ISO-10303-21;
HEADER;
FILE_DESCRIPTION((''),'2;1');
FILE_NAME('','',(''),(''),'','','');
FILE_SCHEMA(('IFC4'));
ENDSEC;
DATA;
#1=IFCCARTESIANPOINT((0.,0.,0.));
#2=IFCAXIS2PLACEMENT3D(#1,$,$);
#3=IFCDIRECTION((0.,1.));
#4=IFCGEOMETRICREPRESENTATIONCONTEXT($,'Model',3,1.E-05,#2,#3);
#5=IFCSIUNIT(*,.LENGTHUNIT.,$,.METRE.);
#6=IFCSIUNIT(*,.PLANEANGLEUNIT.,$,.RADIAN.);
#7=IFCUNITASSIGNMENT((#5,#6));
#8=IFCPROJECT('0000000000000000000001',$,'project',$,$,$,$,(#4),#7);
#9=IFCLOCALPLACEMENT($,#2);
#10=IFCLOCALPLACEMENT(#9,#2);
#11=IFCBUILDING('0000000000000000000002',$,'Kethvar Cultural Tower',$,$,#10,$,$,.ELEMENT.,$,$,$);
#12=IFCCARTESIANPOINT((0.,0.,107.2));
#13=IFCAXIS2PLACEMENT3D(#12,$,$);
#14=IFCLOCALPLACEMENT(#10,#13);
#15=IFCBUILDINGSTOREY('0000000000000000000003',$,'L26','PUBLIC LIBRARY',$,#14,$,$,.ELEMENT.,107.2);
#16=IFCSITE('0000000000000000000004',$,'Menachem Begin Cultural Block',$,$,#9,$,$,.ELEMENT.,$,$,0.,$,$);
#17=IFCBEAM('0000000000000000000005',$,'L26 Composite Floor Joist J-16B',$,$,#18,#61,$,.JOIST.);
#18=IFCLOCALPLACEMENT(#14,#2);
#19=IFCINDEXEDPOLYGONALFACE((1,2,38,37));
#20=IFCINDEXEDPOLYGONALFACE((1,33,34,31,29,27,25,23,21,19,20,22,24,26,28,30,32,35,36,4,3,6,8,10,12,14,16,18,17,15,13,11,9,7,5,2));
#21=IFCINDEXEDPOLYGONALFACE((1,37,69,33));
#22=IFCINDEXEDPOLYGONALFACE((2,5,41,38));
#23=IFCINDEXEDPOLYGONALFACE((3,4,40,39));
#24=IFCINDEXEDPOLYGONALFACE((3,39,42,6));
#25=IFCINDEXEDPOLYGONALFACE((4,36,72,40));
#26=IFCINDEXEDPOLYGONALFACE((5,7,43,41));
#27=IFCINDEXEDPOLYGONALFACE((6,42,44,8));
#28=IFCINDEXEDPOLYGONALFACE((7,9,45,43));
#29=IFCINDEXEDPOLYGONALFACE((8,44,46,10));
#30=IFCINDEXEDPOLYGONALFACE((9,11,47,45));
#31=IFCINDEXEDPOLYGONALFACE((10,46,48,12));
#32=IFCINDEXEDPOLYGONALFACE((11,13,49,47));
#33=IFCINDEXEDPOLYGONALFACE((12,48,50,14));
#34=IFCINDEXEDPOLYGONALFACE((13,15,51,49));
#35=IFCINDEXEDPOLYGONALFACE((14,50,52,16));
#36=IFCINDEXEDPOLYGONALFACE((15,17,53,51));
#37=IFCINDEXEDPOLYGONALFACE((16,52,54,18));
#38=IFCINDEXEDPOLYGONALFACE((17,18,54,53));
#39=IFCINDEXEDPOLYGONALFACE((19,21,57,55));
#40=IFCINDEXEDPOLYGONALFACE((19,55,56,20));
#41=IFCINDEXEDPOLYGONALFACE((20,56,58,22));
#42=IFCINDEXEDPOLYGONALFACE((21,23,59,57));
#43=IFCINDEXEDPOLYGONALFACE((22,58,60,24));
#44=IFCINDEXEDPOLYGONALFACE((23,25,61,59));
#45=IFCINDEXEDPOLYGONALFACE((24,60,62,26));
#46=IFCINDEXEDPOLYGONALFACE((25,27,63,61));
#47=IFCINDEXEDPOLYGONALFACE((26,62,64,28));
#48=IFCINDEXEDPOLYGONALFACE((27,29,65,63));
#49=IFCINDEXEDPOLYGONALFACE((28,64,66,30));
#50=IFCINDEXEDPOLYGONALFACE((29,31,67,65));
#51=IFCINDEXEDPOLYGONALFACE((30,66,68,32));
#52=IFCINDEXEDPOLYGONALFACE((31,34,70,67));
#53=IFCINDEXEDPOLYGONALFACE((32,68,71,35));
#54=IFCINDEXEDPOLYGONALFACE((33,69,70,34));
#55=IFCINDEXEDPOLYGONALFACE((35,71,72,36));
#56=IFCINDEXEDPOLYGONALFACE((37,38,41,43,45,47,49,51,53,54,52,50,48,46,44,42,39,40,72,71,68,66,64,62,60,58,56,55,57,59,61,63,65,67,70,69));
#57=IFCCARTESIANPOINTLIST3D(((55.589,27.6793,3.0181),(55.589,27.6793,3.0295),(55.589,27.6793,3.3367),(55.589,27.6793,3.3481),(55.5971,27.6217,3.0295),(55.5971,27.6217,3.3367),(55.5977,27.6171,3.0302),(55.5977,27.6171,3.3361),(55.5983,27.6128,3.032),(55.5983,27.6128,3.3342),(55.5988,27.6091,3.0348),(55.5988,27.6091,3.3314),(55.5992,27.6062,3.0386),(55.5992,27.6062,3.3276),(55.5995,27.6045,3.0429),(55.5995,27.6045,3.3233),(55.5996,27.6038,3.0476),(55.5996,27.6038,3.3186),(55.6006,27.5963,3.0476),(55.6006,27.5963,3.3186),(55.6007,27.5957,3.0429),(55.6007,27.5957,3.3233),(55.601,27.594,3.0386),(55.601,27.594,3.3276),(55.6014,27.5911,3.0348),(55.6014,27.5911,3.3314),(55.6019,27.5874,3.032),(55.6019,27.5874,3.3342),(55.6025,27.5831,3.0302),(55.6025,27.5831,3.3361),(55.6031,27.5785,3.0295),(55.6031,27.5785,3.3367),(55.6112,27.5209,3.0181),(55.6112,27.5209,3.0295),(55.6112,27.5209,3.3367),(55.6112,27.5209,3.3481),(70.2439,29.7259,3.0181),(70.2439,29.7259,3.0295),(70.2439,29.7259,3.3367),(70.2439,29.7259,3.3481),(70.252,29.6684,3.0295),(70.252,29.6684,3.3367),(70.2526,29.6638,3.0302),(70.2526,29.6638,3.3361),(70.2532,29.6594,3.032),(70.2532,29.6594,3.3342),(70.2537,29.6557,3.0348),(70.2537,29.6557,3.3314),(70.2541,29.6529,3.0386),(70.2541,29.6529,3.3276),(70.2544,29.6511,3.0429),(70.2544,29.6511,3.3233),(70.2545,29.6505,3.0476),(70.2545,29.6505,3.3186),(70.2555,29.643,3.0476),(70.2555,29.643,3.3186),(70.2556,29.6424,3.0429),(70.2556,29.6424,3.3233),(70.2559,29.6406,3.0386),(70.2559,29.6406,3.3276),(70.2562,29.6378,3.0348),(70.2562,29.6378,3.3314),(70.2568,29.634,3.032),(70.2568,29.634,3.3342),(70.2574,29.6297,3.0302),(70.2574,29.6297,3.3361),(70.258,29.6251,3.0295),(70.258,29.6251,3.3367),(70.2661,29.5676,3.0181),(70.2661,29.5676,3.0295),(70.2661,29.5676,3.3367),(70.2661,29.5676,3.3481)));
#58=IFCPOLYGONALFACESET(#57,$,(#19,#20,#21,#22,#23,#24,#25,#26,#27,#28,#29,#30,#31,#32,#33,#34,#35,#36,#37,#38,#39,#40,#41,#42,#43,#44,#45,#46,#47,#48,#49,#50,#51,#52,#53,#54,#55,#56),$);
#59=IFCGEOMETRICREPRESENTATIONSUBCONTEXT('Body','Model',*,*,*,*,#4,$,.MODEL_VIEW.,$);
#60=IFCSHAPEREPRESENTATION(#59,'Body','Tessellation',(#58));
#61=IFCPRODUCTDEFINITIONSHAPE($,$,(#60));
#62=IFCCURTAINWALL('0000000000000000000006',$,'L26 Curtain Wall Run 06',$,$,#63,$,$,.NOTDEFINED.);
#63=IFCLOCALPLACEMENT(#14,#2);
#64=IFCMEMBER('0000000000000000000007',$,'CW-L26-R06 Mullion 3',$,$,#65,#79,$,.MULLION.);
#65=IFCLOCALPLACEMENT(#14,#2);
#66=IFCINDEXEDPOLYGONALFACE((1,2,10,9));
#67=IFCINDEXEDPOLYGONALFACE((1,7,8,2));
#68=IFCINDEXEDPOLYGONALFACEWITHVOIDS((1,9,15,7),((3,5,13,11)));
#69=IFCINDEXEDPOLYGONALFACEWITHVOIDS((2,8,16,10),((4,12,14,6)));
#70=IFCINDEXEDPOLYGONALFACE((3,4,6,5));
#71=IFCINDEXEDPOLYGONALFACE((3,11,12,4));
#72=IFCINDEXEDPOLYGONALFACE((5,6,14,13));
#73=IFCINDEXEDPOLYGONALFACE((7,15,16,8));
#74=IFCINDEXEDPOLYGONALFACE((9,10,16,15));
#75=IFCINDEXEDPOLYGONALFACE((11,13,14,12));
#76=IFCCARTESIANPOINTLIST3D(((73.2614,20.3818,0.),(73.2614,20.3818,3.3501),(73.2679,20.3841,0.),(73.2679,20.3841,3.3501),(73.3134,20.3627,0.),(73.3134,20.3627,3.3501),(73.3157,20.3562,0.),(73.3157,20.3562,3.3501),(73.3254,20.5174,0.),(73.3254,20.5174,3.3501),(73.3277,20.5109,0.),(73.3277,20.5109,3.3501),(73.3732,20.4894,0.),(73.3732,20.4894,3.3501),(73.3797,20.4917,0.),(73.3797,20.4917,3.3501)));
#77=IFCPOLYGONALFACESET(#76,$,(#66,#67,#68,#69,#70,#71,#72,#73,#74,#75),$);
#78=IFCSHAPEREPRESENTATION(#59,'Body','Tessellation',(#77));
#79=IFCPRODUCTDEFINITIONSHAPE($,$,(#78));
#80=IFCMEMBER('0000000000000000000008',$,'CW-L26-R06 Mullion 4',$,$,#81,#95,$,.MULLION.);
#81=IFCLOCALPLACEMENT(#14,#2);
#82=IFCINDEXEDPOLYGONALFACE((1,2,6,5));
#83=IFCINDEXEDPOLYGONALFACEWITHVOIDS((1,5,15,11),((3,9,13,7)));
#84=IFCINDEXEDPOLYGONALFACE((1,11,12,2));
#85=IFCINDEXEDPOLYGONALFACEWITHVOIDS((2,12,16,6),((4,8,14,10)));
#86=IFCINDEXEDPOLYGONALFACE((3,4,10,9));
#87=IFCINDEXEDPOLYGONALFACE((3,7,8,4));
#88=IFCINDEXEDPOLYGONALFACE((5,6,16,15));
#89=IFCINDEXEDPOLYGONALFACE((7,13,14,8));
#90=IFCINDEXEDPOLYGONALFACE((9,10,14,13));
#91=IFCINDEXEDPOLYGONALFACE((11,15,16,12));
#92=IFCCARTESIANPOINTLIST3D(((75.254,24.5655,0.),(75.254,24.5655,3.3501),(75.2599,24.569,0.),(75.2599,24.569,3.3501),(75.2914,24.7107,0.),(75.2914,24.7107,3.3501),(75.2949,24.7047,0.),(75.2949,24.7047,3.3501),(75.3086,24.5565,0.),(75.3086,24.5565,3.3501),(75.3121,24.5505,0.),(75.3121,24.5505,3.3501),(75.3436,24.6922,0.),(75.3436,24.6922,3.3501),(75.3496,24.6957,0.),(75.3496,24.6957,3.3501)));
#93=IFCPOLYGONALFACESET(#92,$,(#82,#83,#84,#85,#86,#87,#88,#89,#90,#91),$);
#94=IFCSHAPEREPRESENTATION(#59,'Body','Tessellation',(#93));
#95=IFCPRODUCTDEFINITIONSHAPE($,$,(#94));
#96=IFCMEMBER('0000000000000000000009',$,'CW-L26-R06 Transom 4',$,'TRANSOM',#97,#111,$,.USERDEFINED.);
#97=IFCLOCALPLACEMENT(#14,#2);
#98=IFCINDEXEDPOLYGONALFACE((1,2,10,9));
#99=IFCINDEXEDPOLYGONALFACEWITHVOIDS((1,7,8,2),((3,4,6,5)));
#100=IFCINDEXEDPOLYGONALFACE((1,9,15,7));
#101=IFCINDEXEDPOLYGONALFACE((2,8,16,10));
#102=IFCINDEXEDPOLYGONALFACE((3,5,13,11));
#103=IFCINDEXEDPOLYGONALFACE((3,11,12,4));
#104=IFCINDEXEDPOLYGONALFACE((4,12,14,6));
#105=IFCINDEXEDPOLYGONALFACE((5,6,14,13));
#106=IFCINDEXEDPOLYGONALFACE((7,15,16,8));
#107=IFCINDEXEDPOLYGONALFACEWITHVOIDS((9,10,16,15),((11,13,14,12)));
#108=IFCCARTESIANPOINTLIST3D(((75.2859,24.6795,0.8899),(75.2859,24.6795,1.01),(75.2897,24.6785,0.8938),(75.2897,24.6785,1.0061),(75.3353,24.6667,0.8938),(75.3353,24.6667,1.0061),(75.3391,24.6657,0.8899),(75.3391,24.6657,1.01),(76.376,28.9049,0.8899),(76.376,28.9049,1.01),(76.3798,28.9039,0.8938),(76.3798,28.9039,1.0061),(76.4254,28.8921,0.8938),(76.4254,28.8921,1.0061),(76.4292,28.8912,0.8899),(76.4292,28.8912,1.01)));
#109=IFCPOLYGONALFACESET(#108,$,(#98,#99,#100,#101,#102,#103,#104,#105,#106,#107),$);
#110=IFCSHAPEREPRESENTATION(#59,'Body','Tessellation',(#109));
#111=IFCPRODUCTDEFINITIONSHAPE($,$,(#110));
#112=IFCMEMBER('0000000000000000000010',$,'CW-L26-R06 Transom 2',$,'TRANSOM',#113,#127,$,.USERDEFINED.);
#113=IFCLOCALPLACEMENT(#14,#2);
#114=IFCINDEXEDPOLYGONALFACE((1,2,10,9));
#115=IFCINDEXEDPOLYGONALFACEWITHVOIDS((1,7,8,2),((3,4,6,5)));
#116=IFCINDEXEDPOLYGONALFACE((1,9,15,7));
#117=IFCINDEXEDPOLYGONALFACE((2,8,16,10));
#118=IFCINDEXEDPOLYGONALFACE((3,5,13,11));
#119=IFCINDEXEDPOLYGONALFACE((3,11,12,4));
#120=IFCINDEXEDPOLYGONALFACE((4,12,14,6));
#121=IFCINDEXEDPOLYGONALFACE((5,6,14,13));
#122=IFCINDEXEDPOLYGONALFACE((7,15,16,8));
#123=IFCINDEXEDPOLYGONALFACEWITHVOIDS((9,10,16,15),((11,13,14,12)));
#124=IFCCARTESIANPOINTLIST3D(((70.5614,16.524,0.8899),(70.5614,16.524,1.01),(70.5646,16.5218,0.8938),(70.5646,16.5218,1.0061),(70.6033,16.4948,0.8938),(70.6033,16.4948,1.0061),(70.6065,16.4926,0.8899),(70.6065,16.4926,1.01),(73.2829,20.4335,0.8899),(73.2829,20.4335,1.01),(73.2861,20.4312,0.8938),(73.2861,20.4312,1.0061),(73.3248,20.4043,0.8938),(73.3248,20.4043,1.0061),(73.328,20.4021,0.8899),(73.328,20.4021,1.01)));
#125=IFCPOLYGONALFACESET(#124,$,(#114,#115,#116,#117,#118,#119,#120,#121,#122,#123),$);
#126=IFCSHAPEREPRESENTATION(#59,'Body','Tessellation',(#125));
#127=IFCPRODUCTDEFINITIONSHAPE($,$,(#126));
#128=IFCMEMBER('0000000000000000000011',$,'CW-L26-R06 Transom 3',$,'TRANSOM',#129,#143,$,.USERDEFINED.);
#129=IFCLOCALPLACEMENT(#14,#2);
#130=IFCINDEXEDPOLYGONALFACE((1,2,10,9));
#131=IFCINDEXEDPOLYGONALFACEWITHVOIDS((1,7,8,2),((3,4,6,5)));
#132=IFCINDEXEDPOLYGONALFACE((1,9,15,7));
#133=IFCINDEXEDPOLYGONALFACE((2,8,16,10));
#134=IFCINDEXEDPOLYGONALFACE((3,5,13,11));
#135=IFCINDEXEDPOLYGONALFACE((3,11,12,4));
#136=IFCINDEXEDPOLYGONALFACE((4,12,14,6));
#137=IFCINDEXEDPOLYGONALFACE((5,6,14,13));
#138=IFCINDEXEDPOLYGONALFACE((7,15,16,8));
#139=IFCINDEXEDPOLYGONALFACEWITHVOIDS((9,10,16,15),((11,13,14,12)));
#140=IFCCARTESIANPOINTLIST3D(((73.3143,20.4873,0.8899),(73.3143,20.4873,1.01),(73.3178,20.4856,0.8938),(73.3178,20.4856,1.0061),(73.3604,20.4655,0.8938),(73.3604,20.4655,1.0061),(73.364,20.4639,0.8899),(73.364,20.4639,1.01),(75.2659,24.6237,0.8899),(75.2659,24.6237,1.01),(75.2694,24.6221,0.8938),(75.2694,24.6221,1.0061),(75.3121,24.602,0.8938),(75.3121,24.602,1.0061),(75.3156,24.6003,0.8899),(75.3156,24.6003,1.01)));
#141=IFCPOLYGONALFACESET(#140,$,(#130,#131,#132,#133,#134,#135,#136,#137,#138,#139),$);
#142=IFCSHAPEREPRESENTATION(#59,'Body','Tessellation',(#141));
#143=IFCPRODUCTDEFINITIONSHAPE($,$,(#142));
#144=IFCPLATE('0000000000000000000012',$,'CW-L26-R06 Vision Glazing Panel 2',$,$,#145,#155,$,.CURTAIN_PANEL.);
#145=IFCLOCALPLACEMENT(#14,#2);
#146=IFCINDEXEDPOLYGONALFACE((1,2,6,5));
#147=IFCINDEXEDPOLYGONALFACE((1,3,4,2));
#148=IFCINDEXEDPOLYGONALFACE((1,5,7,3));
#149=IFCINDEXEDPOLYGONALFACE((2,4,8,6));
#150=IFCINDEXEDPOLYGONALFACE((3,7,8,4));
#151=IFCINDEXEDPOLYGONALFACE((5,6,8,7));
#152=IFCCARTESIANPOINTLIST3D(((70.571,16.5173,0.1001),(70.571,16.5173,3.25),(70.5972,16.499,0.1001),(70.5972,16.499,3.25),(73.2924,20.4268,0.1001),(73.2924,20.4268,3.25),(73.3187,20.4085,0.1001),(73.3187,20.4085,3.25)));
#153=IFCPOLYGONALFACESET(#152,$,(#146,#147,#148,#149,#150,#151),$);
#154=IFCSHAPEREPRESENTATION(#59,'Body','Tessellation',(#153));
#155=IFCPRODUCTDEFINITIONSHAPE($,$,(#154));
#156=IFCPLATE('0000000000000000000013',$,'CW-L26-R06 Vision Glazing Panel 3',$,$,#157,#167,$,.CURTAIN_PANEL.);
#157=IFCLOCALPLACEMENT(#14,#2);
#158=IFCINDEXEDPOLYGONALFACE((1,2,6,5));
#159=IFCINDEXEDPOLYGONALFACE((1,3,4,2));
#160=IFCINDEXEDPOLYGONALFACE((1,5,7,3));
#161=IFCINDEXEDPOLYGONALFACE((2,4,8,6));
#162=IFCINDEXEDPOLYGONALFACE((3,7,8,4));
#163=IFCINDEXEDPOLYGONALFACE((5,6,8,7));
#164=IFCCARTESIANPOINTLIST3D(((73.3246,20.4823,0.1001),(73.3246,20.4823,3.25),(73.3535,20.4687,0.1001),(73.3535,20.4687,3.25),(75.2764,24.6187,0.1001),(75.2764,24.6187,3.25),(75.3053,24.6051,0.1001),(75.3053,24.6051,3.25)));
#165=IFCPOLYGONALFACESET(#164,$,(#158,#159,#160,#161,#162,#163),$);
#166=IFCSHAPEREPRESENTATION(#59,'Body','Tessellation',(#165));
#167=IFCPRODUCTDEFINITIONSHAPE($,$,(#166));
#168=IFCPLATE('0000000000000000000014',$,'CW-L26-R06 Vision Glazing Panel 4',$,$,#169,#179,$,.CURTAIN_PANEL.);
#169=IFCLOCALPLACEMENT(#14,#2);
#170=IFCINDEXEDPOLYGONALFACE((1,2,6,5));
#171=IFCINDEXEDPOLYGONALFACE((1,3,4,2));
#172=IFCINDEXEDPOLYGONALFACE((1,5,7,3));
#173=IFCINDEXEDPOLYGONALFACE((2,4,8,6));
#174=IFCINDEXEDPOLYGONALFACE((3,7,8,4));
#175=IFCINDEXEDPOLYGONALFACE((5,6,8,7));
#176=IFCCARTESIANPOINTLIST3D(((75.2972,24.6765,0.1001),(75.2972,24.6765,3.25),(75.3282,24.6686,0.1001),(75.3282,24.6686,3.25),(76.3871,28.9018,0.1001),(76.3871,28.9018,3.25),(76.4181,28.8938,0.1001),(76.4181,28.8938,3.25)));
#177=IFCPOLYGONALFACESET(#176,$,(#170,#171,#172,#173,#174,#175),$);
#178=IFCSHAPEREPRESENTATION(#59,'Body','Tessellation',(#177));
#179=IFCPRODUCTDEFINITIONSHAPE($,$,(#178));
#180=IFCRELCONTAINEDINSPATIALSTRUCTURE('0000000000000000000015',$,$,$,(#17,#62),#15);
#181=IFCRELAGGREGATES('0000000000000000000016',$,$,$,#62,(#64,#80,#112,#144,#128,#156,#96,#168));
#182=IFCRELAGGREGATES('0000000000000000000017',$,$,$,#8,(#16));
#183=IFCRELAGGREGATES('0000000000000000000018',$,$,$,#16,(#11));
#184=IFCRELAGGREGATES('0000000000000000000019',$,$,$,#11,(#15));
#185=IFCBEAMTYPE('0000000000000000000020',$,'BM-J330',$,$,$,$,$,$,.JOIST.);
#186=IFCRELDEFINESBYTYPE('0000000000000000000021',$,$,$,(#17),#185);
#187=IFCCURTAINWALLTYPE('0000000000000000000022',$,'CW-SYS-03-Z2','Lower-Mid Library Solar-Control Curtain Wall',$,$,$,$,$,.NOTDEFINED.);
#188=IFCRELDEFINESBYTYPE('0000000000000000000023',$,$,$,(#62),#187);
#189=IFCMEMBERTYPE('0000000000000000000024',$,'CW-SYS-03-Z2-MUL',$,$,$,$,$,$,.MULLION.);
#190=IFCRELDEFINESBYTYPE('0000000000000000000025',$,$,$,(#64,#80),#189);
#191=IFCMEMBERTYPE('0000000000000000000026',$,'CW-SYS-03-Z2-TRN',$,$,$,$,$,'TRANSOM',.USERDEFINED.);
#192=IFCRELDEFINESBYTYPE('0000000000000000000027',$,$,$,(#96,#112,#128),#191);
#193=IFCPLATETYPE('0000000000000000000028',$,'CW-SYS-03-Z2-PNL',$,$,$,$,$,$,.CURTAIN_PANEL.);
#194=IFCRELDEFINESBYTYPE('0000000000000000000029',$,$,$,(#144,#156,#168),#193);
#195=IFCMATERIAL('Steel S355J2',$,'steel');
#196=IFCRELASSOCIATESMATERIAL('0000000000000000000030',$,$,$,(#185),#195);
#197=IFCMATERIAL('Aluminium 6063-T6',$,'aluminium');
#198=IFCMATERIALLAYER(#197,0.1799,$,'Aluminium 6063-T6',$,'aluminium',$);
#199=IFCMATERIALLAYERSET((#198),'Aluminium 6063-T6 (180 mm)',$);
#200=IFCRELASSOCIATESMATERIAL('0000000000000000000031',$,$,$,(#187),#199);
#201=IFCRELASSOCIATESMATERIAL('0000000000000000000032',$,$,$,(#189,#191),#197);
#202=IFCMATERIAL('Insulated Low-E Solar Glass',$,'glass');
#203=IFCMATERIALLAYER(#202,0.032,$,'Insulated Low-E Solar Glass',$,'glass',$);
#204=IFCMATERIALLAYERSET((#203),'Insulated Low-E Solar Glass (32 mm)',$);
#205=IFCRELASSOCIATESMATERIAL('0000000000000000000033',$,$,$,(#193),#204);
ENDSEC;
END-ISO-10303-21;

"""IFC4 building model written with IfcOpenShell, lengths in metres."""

from ifc_helpers import new_model, si_unit, direction, frame, origin, origin_2d, place, context, subcontext, project, spatial, rectangle, hollow_rectangle, i_section, extrude, source, transform, mapped, material, layer, layer_set, material_profile, profile_set, type_object, element, aggregate, save


model = new_model("IFC4")

# Units and contexts
model_context = context("Model", 3, precision=1e-05, world=origin(), true_north=direction((0.0, 1.0)))
body_context = subcontext(model_context, "Body", "Model", "MODEL_VIEW")
ifc_project = project(units=[si_unit("LENGTHUNIT", "METRE"), si_unit("PLANEANGLEUNIT", "RADIAN")], contexts=[model_context])

# Site, building, storey
site_placement = place(None, origin())
site = spatial("IfcSite", under=ifc_project, at=site_placement, Name="Menachem Begin Cultural Block", CompositionType="ELEMENT", RefElevation=0.0)
building_placement = place(site_placement, origin())
building = spatial("IfcBuilding", under=site, at=building_placement, Name="Kethvar Cultural Tower", CompositionType="ELEMENT")
storey_placement = place(building_placement, frame((0.0, 0.0, 107.2)))
storey = spatial("IfcBuildingStorey", under=building, at=storey_placement, Name="L26", Description="PUBLIC LIBRARY", CompositionType="ELEMENT", Elevation=107.2)

# Beam
ifc_material_1 = material(Name="Steel S355J2", Category="steel")
ifc_material_profile_1 = material_profile(ifc_material_1, i_section(OverallWidth=0.1599, OverallDepth=0.3301, WebThickness=0.0076, FlangeThickness=0.0115, FilletRadius=0.0181, at=origin_2d()), Name="Steel S355J2 — IPE330")
ifc_profile_set_1 = profile_set([ifc_material_profile_1], Name="Steel S355J2 — IPE330")
beam_type_1 = type_object("IfcBeamType", Name="BM-J330", PredefinedType="JOIST", material=ifc_profile_set_1)
shared_shape_1 = source(origin(), body_context, "Body", "SweptSolid", [
    extrude(i_section(OverallWidth=0.1599, OverallDepth=0.3301, WebThickness=0.0076, FlangeThickness=0.0115, FilletRadius=0.0181, at=origin_2d()), origin(), (0.0, 0.0, 1.0), 14.7971),
])
beam_1_placement = place(storey_placement, frame((55.6001, 27.6001, 3.1831), z_axis=(0.990388, 0.138314, 0.0), x_axis=(-0.138314, 0.990388, 0.0)))
element("IfcBeam", 1, at=beam_1_placement, inside=storey, type_object=beam_type_1, Name="L26 Composite Floor Joist J-16B", PredefinedType="JOIST", context=body_context, shape_type="MappedRepresentation", body=[
    mapped(shared_shape_1, transform((0.0, 0.0, 0.0), scale=1.0)),
])

# Curtain wall, members, plates
ifc_material_2 = material(Name="Aluminium 6063-T6", Category="aluminium")
ifc_layer_1 = layer(ifc_material_2, 0.1799, Name="Aluminium 6063-T6", Category="aluminium")
ifc_layer_set_1 = layer_set([ifc_layer_1], Name="Aluminium 6063-T6 (180 mm)")
curtain_wall_type = type_object("IfcCurtainWallType", Name="CW-SYS-03-Z2", Description="Lower-Mid Library Solar-Control Curtain Wall", PredefinedType="NOTDEFINED", material=ifc_layer_set_1)
curtain_wall_placement = place(storey_placement, origin())
curtain_wall = element("IfcCurtainWall", 2, at=curtain_wall_placement, inside=storey, type_object=curtain_wall_type, Name="L26 Curtain Wall Run 06", PredefinedType="NOTDEFINED")
ifc_material_profile_2 = material_profile(ifc_material_2, hollow_rectangle(XDim=0.0601, YDim=0.1499, WallThickness=0.0049, at=origin_2d()), Name="Aluminium 6063-T6 — RHS150x60x5")
ifc_profile_set_2 = profile_set([ifc_material_profile_2], Name="Aluminium 6063-T6 — RHS150x60x5")
member_type_1 = type_object("IfcMemberType", Name="CW-SYS-03-Z2-MUL", PredefinedType="MULLION", material=ifc_profile_set_2)
shared_shape_2 = source(origin(), body_context, "Body", "SweptSolid", [
    extrude(hollow_rectangle(XDim=0.0601, YDim=0.1499, WallThickness=0.0049, at=origin_2d()), origin(), (0.0, 0.0, 1.0), 3.3501),
])
member_1_placement = place(storey_placement, frame((73.3206, 20.4368, 0.0), z_axis=(0.0, 0.0, 1.0), x_axis=(-0.904373, 0.426742, 0.0)))
member_1 = element("IfcMember", 3, at=member_1_placement, type_object=member_type_1, Name="CW-L26-R06 Mullion 3", PredefinedType="MULLION", context=body_context, shape_type="MappedRepresentation", body=[
    mapped(shared_shape_2, transform((0.0, 0.0, 0.0), scale=1.0)),
])
member_2_placement = place(storey_placement, frame((75.3018, 24.6306, 0.0), z_axis=(0.0, 0.0, 1.0), x_axis=(-0.968305, 0.249772, 0.0)))
member_2 = element("IfcMember", 4, at=member_2_placement, type_object=member_type_1, Name="CW-L26-R06 Mullion 4", PredefinedType="MULLION", context=body_context, shape_type="MappedRepresentation", body=[
    mapped(shared_shape_2, transform((0.0, 0.0, 0.0), scale=1.0)),
])
ifc_material_profile_3 = material_profile(ifc_material_2, hollow_rectangle(XDim=0.0549, YDim=0.1201, WallThickness=0.0039, at=origin_2d()), Name="Aluminium 6063-T6 — RHS120x55x4")
ifc_profile_set_3 = profile_set([ifc_material_profile_3], Name="Aluminium 6063-T6 — RHS120x55x4")
member_type_2 = type_object("IfcMemberType", Name="CW-SYS-03-Z2-TRN", ElementType="TRANSOM", PredefinedType="USERDEFINED", material=ifc_profile_set_3)
shared_shape_3 = source(origin(), body_context, "Body", "SweptSolid", [
    extrude(hollow_rectangle(XDim=0.0549, YDim=0.1201, WallThickness=0.0039, at=origin_2d()), origin(), (0.0, 0.0, 1.0), 4.3638),
])
member_3_placement = place(storey_placement, frame((75.3125, 24.6726, 0.95), z_axis=(0.249809, 0.968295, 0.0), x_axis=(-0.968295, 0.249809, 0.0)))
member_3 = element("IfcMember", 5, at=member_3_placement, type_object=member_type_2, Name="CW-L26-R06 Transom 4", ObjectType="TRANSOM", PredefinedType="USERDEFINED", context=body_context, shape_type="MappedRepresentation", body=[
    mapped(shared_shape_3, transform((0.0, 0.0, 0.0), scale=1.0)),
])
shared_shape_4 = source(origin(), body_context, "Body", "SweptSolid", [
    extrude(hollow_rectangle(XDim=0.0549, YDim=0.1201, WallThickness=0.0039, at=origin_2d()), origin(), (0.0, 0.0, 1.0), 4.7634),
])
member_4_placement = place(storey_placement, frame((70.584, 16.5083, 0.95), z_axis=(0.571324, 0.820724, 0.0), x_axis=(-0.820724, 0.571324, 0.0)))
member_4 = element("IfcMember", 6, at=member_4_placement, type_object=member_type_2, Name="CW-L26-R06 Transom 2", ObjectType="TRANSOM", PredefinedType="USERDEFINED", context=body_context, shape_type="MappedRepresentation", body=[
    mapped(shared_shape_4, transform((0.0, 0.0, 0.0), scale=1.0)),
])
shared_shape_5 = source(origin(), body_context, "Body", "SweptSolid", [
    extrude(hollow_rectangle(XDim=0.0549, YDim=0.1201, WallThickness=0.0039, at=origin_2d()), origin(), (0.0, 0.0, 1.0), 4.5737),
])
member_5_placement = place(storey_placement, frame((73.3391, 20.4756, 0.95), z_axis=(0.426707, 0.90439, 0.0), x_axis=(-0.90439, 0.426707, 0.0)))
member_5 = element("IfcMember", 7, at=member_5_placement, type_object=member_type_2, Name="CW-L26-R06 Transom 3", ObjectType="TRANSOM", PredefinedType="USERDEFINED", context=body_context, shape_type="MappedRepresentation", body=[
    mapped(shared_shape_5, transform((0.0, 0.0, 0.0), scale=1.0)),
])
ifc_material_3 = material(Name="Insulated Low-E Solar Glass", Category="glass")
ifc_layer_2 = layer(ifc_material_3, 0.032, Name="Insulated Low-E Solar Glass", Category="glass")
ifc_layer_set_2 = layer_set([ifc_layer_2], Name="Insulated Low-E Solar Glass (32 mm)")
plate_type = type_object("IfcPlateType", Name="CW-SYS-03-Z2-PNL", PredefinedType="CURTAIN_PANEL", material=ifc_layer_set_2)
shared_shape_6 = source(origin(), body_context, "Body", "SweptSolid", [
    extrude(rectangle(XDim=4.7634, YDim=0.032, at=origin_2d()), origin(), (0.0, 0.0, 1.0), 3.1499),
])
plate_1_placement = place(storey_placement, frame((71.9448, 18.4629, 0.1001), z_axis=(0.0, 0.0, 1.0), x_axis=(0.571315, 0.820731, 0.0)))
plate_1 = element("IfcPlate", 8, at=plate_1_placement, type_object=plate_type, Name="CW-L26-R06 Vision Glazing Panel 2", PredefinedType="CURTAIN_PANEL", context=body_context, shape_type="MappedRepresentation", body=[
    mapped(shared_shape_6, transform((0.0, 0.0, 0.0), scale=1.0)),
])
shared_shape_7 = source(origin(), body_context, "Body", "SweptSolid", [
    extrude(rectangle(XDim=4.5737, YDim=0.032, at=origin_2d()), origin(), (0.0, 0.0, 1.0), 3.1499),
])
plate_2_placement = place(storey_placement, frame((74.3149, 22.5437, 0.1001), z_axis=(0.0, 0.0, 1.0), x_axis=(0.426742, 0.904373, 0.0)))
plate_2 = element("IfcPlate", 9, at=plate_2_placement, type_object=plate_type, Name="CW-L26-R06 Vision Glazing Panel 3", PredefinedType="CURTAIN_PANEL", context=body_context, shape_type="MappedRepresentation", body=[
    mapped(shared_shape_7, transform((0.0, 0.0, 0.0), scale=1.0)),
])
shared_shape_8 = source(origin(), body_context, "Body", "SweptSolid", [
    extrude(rectangle(XDim=4.3635, YDim=0.032, at=origin_2d()), origin(), (0.0, 0.0, 1.0), 3.1499),
])
plate_3_placement = place(storey_placement, frame((75.8577, 26.7852, 0.1001), z_axis=(0.0, 0.0, 1.0), x_axis=(0.249772, 0.968305, 0.0)))
plate_3 = element("IfcPlate", 10, at=plate_3_placement, type_object=plate_type, Name="CW-L26-R06 Vision Glazing Panel 4", PredefinedType="CURTAIN_PANEL", context=body_context, shape_type="MappedRepresentation", body=[
    mapped(shared_shape_8, transform((0.0, 0.0, 0.0), scale=1.0)),
])
aggregate(curtain_wall, [member_1, member_2, member_4, plate_1, member_5, plate_2, member_3, plate_3])

save(model, "model.ifc")
